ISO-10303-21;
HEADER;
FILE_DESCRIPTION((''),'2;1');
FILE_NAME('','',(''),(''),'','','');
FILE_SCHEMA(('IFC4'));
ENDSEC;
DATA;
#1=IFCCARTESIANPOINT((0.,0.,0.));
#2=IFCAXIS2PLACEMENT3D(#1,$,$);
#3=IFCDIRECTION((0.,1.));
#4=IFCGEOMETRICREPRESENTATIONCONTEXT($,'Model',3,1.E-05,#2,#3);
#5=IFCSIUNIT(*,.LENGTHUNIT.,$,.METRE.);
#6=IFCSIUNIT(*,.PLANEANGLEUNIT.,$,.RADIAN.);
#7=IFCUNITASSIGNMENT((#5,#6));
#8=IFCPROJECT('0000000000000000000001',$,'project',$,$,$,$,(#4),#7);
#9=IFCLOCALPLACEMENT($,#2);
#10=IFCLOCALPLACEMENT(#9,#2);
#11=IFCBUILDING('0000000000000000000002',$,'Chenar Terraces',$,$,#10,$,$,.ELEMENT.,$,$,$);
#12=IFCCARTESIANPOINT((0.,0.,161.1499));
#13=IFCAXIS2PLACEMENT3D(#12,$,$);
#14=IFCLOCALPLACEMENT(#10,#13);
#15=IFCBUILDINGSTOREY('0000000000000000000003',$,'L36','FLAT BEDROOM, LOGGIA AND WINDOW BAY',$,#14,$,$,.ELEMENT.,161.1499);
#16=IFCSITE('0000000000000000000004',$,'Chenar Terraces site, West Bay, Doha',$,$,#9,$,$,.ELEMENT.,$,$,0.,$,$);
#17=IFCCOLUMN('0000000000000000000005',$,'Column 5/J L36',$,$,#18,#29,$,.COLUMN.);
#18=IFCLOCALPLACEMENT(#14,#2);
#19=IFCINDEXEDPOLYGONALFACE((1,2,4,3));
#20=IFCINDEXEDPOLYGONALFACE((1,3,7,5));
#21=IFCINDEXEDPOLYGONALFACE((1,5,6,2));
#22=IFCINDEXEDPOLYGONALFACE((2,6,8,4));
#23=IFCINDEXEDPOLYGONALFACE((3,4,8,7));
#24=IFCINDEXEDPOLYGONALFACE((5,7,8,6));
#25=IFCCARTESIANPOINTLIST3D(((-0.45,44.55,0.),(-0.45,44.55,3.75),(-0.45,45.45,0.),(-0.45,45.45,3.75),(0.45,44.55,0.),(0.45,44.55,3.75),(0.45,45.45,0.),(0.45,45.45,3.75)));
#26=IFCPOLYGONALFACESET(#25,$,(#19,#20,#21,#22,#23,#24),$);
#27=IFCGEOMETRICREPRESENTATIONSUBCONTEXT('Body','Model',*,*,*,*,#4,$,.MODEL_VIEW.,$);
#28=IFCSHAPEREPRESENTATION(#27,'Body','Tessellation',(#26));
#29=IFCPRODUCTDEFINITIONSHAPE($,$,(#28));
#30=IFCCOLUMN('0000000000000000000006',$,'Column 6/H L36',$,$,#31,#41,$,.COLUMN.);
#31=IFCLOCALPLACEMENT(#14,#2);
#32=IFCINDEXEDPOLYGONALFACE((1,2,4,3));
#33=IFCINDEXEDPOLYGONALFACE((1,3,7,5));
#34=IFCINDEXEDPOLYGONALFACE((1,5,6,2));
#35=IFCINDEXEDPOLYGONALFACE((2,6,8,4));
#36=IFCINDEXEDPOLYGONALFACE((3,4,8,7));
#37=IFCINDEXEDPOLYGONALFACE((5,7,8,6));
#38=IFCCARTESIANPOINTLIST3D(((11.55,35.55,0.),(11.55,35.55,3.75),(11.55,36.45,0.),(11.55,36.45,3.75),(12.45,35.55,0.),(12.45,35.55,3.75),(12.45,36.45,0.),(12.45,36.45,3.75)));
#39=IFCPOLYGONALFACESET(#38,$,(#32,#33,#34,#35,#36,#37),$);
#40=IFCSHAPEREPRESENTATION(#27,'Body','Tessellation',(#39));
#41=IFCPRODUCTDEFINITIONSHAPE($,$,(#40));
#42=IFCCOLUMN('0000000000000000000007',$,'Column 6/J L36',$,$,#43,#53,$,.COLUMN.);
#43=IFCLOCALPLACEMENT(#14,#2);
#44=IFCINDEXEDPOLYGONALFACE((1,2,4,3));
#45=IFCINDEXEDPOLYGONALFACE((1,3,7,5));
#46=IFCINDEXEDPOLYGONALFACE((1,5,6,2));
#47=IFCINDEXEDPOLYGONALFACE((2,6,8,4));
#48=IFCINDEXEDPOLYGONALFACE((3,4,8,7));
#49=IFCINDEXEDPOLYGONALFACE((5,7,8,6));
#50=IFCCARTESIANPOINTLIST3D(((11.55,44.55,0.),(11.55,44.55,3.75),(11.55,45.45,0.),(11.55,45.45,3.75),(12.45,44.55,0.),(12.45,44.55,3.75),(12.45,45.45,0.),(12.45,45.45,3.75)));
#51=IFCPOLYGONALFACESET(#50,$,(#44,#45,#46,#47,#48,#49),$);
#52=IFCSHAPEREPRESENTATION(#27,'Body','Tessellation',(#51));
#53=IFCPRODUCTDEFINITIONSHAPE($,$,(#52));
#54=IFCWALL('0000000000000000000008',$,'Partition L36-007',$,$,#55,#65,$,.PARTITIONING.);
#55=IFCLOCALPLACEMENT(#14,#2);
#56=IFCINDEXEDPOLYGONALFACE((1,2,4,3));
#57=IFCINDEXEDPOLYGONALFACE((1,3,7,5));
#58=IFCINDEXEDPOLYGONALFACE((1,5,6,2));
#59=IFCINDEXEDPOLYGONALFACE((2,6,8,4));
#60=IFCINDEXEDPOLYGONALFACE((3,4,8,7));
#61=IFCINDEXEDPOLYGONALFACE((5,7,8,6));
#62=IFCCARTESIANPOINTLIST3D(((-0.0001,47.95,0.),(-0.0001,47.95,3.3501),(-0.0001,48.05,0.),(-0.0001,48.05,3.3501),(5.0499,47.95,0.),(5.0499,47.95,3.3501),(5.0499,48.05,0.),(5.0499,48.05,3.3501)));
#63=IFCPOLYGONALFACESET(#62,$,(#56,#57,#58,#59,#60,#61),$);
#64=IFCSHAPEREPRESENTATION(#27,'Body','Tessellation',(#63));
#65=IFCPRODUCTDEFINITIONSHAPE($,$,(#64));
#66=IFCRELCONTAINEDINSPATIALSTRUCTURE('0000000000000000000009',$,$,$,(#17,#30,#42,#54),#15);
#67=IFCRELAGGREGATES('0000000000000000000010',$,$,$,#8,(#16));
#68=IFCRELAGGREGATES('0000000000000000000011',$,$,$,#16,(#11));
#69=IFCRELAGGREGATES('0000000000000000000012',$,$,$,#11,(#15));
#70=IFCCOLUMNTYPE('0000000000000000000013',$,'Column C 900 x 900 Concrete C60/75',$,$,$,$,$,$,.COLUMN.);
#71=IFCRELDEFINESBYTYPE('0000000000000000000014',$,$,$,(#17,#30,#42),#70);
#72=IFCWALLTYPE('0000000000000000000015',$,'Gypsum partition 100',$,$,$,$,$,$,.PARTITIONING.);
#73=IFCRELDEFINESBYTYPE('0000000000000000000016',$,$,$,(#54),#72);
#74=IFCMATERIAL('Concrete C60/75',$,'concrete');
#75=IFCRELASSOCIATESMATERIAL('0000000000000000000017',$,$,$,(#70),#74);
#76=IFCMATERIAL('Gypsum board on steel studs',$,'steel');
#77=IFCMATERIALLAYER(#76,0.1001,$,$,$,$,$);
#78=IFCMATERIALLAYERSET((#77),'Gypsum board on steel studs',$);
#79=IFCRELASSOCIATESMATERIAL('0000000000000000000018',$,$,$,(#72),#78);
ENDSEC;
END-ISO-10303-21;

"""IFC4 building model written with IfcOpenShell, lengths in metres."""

from ifc_helpers import new_model, si_unit, direction, frame, frame_2d, origin, origin_2d, place, context, subcontext, project, spatial, rectangle, extrude, material, layer, layer_set, material_profile, profile_set, type_object, element, save


model = new_model("IFC4")

# Units and contexts
model_context = context("Model", 3, precision=1e-05, world=origin(), true_north=direction((0.0, 1.0)))
body_context = subcontext(model_context, "Body", "Model", "MODEL_VIEW")
ifc_project = project(units=[si_unit("LENGTHUNIT", "METRE"), si_unit("PLANEANGLEUNIT", "RADIAN")], contexts=[model_context])

# Site, building, storey
site_placement = place(None, origin())
site = spatial("IfcSite", under=ifc_project, at=site_placement, Name="Chenar Terraces site, West Bay, Doha", CompositionType="ELEMENT", RefElevation=0.0)
building_placement = place(site_placement, origin())
building = spatial("IfcBuilding", under=site, at=building_placement, Name="Chenar Terraces", CompositionType="ELEMENT")
storey_placement = place(building_placement, frame((0.0, 0.0, 161.1499)))
storey = spatial("IfcBuildingStorey", under=building, at=storey_placement, Name="L36", Description="FLAT BEDROOM, LOGGIA AND WINDOW BAY", CompositionType="ELEMENT", Elevation=161.1499)

# Columns
ifc_material_1 = material(Name="Concrete C60/75", Category="concrete")
ifc_material_profile = material_profile(ifc_material_1, rectangle(XDim=0.8999, YDim=0.8999, at=origin_2d()), Name="C 900 x 900")
ifc_profile_set = profile_set([ifc_material_profile], Name="Concrete C60/75")
column_type = type_object("IfcColumnType", Name="Column C 900 x 900 Concrete C60/75", PredefinedType="COLUMN", material=ifc_profile_set)
for number, where, z_axis, x_axis, name in (
    (1, (0.0, 45.0, 0.0), (0.0, 0.0, 1.0), (1.0, 0.0, 0.0), "Column 5/J L36"),
    (2, (12.0, 36.0, 0.0), (0.0, 0.0, 1.0), (1.0, 0.0, 0.0), "Column 6/H L36"),
    (3, (12.0, 45.0, 0.0), (0.0, 0.0, 1.0), (1.0, 0.0, 0.0), "Column 6/J L36"),
):
    element("IfcColumn", number, at=place(storey_placement, frame(where, z_axis=z_axis, x_axis=x_axis)), inside=storey, type_object=column_type, Name=name, PredefinedType="COLUMN", context=body_context, shape_type="SweptSolid", body=[
        extrude(rectangle(XDim=0.8999, YDim=0.8999, at=origin_2d()), origin(), (0.0, 0.0, 1.0), 3.75),
    ])

# Wall
ifc_material_2 = material(Name="Gypsum board on steel studs", Category="steel")
ifc_layer_1 = layer(ifc_material_2, 0.1001)
ifc_layer_set_1 = layer_set([ifc_layer_1], Name="Gypsum board on steel studs")
wall_type_1 = type_object("IfcWallType", Name="Gypsum partition 100", PredefinedType="PARTITIONING", material=ifc_layer_set_1)
wall_1_placement = place(storey_placement, frame((0.0, 48.0, 0.0), z_axis=(0.0, 0.0, 1.0), x_axis=(1.0, 0.0, 0.0)))
element("IfcWall", 4, at=wall_1_placement, inside=storey, type_object=wall_type_1, Name="Partition L36-007", PredefinedType="PARTITIONING", context=body_context, shape_type="SweptSolid", body=[
    extrude(rectangle(XDim=5.05, YDim=0.1001, at=frame_2d((2.5249, 0.0))), origin(), (0.0, 0.0, 1.0), 3.3501),
])

save(model, "model.ifc")
